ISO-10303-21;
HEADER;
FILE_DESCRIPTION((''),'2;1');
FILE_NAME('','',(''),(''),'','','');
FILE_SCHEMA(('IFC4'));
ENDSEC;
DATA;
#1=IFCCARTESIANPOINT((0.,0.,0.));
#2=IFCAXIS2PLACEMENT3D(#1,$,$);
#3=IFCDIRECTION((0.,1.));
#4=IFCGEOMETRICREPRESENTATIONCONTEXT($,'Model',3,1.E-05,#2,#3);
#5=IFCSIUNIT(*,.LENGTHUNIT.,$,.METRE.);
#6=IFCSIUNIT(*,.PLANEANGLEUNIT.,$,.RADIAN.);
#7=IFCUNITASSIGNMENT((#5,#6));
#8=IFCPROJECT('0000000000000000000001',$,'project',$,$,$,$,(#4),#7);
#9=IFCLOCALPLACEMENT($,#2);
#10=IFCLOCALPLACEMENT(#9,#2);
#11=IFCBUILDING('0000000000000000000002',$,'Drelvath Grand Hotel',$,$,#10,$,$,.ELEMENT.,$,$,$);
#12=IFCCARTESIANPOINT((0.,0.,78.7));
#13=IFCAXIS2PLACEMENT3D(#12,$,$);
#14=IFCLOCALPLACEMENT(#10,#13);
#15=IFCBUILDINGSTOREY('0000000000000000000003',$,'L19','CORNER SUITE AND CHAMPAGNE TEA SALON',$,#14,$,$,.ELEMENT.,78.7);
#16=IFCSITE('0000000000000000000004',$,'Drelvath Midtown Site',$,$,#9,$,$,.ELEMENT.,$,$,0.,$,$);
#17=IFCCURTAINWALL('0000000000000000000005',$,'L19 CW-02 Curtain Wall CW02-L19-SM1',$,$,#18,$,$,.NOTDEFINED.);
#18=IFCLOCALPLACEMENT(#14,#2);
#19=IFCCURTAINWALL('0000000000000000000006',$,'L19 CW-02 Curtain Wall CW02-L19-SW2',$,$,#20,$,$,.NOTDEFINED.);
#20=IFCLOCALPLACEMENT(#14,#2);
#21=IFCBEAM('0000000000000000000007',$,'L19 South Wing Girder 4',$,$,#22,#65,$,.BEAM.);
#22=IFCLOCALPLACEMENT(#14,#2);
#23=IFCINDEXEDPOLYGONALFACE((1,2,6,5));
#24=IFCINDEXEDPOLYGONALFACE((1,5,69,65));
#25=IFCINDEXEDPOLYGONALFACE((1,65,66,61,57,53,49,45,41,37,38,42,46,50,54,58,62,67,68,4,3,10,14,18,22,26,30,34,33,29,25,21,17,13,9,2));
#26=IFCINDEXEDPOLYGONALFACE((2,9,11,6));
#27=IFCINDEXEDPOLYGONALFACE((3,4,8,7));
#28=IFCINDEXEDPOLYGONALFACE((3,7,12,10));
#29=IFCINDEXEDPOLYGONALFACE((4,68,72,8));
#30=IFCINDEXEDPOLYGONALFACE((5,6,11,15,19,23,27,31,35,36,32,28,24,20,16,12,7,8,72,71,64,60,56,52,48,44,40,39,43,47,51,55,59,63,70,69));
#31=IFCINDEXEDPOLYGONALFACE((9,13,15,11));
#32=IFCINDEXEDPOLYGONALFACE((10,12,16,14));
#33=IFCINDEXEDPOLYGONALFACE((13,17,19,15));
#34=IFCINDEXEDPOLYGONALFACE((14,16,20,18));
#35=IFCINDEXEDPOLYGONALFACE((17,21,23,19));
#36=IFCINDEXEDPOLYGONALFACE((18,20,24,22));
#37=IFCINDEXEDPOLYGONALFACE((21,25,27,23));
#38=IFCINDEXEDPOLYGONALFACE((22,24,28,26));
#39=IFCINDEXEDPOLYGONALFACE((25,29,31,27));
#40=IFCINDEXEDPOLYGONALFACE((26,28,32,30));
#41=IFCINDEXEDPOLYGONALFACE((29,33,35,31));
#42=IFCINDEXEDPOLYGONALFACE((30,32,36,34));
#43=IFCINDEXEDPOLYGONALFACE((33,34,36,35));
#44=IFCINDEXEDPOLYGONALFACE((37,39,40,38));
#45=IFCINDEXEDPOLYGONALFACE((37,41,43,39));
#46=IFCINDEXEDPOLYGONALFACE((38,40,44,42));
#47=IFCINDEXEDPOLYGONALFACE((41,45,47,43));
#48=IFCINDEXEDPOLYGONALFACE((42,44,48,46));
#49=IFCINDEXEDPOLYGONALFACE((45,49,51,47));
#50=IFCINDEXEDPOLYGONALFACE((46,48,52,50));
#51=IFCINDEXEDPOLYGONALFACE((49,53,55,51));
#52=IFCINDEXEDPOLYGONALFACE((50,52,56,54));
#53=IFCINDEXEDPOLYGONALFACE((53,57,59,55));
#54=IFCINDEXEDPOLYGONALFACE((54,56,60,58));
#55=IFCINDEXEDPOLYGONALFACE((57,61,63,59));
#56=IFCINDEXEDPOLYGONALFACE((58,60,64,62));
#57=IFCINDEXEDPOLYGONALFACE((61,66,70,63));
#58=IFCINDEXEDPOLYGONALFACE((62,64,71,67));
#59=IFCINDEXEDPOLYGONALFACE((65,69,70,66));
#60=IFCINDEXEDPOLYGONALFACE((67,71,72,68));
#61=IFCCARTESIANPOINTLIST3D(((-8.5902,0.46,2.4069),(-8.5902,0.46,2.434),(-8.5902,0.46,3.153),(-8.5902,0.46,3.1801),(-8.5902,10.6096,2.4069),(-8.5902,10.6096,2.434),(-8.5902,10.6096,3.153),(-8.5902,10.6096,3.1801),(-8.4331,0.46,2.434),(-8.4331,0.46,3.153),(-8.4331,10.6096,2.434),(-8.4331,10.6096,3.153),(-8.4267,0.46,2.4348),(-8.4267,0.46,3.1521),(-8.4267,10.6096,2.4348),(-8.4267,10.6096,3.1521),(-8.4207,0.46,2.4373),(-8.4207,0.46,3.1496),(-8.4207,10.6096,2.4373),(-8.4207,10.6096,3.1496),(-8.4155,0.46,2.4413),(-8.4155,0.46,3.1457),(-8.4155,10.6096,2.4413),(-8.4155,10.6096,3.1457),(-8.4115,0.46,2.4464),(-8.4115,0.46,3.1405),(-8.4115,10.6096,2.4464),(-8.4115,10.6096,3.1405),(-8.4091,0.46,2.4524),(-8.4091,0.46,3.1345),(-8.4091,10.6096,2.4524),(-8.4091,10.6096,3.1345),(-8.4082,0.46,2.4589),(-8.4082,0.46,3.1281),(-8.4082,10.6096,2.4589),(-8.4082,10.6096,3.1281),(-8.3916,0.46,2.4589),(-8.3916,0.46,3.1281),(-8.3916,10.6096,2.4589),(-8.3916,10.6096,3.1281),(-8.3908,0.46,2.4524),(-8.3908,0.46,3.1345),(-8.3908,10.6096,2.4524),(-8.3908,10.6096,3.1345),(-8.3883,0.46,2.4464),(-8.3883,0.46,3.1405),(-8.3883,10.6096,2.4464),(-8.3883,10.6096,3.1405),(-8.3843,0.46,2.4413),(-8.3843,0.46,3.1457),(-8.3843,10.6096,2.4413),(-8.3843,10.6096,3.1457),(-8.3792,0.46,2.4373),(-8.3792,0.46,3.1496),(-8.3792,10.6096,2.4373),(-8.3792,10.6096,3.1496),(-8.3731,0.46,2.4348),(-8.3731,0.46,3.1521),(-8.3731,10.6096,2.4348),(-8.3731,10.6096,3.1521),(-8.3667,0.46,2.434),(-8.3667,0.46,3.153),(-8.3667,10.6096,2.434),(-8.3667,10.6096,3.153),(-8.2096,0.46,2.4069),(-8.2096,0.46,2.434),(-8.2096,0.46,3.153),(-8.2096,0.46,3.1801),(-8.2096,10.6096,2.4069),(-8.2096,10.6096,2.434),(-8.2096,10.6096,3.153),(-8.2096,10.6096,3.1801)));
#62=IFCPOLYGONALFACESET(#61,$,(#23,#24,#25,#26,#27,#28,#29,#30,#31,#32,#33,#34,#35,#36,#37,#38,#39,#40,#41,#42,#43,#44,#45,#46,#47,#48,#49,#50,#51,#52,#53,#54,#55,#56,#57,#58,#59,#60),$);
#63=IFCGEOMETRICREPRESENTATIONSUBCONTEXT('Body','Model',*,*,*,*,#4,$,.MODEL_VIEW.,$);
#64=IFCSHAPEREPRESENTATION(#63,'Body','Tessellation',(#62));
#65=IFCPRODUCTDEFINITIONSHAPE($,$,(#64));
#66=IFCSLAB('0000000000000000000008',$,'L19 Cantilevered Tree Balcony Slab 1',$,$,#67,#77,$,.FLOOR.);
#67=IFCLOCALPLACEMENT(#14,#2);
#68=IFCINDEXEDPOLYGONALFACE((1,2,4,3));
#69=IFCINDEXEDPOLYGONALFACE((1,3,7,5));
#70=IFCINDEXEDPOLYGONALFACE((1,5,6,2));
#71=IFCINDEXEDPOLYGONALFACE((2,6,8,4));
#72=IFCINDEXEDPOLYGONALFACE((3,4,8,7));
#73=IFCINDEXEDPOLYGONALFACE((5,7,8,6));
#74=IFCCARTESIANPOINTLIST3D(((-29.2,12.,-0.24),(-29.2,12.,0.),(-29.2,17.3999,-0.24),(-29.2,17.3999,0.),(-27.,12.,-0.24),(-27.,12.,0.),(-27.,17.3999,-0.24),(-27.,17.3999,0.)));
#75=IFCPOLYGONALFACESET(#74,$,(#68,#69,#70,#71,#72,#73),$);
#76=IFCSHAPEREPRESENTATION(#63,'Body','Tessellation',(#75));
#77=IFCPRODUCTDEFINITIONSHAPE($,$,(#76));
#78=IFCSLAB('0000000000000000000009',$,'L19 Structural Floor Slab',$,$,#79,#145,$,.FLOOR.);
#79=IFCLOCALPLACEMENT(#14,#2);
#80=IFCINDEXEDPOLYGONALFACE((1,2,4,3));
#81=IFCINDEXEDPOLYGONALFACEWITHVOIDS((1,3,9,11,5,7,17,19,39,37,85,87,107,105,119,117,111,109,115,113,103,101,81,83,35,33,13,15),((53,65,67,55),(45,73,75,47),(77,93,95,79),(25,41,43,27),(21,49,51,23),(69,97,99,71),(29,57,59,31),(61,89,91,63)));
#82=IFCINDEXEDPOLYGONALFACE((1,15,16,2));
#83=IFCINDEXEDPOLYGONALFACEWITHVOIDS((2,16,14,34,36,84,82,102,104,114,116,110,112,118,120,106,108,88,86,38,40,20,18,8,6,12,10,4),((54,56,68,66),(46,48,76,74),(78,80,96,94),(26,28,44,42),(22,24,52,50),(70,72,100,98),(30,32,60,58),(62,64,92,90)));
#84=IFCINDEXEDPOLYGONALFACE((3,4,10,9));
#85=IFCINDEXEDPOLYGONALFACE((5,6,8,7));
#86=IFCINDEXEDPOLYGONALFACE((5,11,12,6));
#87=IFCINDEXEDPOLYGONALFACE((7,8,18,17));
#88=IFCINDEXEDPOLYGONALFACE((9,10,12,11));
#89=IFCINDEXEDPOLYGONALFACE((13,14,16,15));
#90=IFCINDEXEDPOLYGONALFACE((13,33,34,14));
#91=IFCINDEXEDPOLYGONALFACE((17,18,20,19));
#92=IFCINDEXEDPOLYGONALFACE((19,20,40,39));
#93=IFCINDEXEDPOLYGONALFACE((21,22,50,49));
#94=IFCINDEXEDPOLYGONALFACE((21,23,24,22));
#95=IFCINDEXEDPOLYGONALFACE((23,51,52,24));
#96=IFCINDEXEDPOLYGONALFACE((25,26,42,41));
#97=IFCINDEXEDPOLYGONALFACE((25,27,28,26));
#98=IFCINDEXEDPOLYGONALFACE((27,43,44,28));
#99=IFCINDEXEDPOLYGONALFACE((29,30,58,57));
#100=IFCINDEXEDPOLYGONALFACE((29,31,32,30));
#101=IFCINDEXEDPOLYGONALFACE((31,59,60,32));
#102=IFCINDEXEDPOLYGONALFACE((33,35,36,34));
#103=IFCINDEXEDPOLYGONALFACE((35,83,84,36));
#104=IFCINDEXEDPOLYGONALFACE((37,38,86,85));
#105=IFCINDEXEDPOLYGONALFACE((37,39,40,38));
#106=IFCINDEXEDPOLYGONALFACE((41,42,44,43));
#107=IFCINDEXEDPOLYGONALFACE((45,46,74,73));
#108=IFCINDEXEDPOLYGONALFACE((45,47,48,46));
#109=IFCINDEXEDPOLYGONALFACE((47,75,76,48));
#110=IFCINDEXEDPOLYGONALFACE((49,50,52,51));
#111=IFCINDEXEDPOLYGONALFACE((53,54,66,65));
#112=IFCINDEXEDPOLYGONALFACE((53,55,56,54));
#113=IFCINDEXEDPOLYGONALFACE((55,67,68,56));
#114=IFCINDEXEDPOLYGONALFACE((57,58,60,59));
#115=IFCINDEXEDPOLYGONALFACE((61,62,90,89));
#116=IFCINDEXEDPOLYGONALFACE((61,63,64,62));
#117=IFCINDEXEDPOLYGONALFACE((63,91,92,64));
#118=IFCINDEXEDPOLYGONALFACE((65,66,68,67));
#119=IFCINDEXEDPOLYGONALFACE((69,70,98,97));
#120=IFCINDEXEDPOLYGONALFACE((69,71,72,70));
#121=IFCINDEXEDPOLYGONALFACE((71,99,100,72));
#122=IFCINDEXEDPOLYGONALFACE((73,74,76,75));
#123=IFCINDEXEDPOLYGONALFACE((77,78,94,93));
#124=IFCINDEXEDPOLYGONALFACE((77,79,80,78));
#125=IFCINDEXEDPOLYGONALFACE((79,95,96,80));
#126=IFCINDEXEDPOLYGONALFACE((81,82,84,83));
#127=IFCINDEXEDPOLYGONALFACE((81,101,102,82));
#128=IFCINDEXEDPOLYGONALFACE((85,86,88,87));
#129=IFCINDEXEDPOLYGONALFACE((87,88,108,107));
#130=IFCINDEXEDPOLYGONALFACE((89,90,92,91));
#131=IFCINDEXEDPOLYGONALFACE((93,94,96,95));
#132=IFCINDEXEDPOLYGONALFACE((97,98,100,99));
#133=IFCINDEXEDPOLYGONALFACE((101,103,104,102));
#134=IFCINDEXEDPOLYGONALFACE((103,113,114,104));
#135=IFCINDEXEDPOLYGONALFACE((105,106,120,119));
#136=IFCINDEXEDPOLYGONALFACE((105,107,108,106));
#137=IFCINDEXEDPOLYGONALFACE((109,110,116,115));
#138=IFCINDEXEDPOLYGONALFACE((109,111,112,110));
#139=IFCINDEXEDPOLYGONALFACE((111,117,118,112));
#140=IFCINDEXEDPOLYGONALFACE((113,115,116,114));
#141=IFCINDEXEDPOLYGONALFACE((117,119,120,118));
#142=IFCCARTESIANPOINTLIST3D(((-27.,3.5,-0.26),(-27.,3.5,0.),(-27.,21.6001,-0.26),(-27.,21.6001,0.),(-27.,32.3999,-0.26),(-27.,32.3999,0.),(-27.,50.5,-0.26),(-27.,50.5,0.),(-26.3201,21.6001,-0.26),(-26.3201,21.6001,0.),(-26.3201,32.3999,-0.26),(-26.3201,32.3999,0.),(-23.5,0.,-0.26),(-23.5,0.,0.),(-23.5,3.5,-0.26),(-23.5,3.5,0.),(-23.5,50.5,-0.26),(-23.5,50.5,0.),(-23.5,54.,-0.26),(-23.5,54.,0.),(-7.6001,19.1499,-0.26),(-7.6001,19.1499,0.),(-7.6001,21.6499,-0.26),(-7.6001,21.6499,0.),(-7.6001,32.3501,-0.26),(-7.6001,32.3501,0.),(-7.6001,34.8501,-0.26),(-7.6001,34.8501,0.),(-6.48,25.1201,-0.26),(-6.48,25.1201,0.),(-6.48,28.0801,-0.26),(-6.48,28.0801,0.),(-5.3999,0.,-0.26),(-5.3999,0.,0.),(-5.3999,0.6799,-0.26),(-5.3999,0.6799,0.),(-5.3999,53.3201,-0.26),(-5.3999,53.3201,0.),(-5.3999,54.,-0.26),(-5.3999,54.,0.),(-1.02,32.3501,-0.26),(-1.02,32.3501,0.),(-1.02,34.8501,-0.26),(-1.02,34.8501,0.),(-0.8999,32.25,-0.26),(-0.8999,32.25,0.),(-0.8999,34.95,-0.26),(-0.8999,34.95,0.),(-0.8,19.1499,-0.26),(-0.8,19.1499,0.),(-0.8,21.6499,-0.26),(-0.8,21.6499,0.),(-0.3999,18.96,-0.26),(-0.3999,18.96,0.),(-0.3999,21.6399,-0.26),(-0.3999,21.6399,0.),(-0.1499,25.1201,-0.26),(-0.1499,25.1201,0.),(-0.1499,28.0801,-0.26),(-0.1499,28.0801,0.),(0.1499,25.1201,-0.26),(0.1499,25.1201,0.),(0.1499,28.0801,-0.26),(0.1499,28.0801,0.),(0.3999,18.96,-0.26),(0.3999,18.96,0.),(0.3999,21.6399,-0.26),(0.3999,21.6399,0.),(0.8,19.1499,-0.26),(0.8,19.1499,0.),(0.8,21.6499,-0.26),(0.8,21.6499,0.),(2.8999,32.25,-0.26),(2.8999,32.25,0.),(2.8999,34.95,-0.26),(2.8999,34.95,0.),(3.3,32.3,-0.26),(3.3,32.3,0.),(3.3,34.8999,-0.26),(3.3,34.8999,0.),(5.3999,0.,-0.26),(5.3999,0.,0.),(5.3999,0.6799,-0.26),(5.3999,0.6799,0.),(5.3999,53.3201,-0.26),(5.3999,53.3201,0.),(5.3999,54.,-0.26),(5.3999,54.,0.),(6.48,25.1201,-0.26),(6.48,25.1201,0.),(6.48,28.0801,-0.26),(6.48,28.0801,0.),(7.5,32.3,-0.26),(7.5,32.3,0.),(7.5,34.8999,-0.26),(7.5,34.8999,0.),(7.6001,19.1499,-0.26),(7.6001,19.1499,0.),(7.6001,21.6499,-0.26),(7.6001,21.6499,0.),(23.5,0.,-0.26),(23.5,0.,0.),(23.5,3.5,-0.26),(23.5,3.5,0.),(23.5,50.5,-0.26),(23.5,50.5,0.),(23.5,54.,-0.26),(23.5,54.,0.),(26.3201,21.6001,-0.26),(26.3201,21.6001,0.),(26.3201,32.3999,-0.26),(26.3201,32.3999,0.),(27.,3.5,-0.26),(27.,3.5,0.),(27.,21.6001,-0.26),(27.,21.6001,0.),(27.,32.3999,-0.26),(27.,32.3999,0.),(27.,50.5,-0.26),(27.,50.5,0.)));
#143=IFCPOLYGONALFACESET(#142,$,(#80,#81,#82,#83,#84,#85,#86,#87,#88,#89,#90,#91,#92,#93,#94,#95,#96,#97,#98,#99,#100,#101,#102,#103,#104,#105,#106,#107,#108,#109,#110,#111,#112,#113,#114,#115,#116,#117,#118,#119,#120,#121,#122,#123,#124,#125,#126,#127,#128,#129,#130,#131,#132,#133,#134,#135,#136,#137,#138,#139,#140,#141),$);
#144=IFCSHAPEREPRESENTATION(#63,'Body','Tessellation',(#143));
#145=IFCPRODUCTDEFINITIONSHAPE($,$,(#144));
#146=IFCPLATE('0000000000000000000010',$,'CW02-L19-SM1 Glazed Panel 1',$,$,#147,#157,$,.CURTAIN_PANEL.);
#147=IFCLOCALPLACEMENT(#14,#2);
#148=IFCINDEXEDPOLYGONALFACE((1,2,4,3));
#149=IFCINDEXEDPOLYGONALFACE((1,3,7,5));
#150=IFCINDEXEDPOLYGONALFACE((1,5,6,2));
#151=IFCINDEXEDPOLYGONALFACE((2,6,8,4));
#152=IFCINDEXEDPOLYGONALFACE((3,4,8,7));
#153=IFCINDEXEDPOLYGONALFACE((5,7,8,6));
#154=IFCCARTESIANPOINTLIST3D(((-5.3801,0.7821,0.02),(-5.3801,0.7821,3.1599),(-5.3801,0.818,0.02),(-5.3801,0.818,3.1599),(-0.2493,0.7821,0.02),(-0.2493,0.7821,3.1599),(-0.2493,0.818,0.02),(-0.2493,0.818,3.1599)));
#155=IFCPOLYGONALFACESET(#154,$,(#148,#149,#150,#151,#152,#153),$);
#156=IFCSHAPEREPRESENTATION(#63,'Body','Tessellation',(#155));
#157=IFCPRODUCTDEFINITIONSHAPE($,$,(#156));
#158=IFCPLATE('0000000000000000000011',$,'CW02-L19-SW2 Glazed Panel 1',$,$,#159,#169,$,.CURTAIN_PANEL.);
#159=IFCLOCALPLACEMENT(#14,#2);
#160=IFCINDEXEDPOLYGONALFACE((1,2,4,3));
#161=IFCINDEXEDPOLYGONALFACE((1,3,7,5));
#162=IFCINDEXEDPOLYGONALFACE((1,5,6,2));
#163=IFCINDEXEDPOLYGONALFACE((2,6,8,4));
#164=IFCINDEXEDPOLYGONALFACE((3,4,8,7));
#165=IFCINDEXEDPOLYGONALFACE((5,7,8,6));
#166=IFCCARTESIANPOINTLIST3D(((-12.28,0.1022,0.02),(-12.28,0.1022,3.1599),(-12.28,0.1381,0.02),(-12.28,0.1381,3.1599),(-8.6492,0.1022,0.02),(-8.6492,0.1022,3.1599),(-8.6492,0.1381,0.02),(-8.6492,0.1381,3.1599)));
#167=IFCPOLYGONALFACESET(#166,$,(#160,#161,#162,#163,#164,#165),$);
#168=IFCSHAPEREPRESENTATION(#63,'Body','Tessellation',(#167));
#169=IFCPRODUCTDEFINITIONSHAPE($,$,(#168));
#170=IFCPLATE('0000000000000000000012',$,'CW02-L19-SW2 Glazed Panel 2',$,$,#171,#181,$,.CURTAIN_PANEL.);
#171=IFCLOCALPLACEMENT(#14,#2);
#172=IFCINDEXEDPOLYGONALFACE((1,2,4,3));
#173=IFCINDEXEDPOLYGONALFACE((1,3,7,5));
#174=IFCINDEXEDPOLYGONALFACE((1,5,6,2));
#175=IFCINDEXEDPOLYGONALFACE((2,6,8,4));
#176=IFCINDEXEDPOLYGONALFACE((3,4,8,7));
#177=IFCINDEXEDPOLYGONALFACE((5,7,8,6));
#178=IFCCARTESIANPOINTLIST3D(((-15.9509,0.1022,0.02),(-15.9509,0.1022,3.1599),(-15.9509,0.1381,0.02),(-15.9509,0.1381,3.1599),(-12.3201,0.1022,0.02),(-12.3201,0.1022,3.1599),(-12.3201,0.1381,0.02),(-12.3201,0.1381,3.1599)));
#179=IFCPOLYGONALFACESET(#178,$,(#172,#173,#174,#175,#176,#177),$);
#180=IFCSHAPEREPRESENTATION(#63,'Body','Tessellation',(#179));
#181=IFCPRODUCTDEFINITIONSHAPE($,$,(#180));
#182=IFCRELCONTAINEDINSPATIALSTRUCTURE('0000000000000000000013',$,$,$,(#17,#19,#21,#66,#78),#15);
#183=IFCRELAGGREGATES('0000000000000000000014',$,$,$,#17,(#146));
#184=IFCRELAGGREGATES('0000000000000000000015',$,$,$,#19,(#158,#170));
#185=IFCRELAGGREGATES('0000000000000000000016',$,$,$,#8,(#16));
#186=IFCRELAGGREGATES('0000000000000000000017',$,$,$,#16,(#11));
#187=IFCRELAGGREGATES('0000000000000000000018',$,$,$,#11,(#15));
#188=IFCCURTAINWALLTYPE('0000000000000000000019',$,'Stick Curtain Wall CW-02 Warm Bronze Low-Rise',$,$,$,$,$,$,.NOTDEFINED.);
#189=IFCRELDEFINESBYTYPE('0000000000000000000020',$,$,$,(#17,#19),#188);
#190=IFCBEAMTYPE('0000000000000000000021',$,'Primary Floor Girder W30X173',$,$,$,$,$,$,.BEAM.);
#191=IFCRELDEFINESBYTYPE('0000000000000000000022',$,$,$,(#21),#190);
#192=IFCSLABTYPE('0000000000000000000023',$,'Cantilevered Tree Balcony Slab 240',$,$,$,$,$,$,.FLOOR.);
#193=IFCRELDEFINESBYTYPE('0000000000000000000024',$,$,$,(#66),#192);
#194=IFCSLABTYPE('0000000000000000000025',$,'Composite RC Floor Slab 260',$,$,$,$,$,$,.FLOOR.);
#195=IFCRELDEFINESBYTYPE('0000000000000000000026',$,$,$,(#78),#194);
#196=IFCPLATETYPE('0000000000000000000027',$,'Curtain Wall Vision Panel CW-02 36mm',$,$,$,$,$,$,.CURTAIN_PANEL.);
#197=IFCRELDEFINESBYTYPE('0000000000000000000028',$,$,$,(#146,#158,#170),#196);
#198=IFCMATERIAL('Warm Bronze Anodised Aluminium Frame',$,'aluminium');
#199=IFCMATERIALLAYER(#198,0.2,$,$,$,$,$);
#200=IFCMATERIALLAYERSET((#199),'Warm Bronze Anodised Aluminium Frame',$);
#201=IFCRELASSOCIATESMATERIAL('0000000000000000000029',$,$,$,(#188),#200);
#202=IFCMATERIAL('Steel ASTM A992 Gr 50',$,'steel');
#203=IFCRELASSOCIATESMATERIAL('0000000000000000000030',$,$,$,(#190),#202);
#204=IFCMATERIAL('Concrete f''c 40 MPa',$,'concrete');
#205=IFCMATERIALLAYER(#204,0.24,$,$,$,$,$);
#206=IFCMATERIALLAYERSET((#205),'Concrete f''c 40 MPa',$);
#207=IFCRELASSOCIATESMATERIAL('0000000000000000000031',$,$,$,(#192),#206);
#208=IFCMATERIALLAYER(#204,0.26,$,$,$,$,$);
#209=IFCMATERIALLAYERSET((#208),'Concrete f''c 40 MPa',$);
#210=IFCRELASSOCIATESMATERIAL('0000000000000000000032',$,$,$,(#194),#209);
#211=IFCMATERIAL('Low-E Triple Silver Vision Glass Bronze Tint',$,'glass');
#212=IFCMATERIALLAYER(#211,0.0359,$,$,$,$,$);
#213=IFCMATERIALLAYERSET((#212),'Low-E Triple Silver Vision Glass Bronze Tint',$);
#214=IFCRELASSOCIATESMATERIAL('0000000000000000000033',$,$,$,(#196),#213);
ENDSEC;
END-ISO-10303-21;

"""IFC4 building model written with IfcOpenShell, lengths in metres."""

from ifc_helpers import new_model, si_unit, direction, frame, origin, origin_2d, place, context, subcontext, project, spatial, polyline, rectangle, i_section, outline, extrude, material, layer, layer_set, material_profile, profile_set, type_object, element, aggregate, save


model = new_model("IFC4")

# Units and contexts
model_context = context("Model", 3, precision=1e-05, world=origin(), true_north=direction((0.0, 1.0)))
body_context = subcontext(model_context, "Body", "Model", "MODEL_VIEW")
ifc_project = project(units=[si_unit("LENGTHUNIT", "METRE"), si_unit("PLANEANGLEUNIT", "RADIAN")], contexts=[model_context])

# Site, building, storey
site_placement = place(None, origin())
site = spatial("IfcSite", under=ifc_project, at=site_placement, Name="Drelvath Midtown Site", CompositionType="ELEMENT", RefElevation=0.0)
building_placement = place(site_placement, origin())
building = spatial("IfcBuilding", under=site, at=building_placement, Name="Drelvath Grand Hotel", CompositionType="ELEMENT")
storey_placement = place(building_placement, frame((0.0, 0.0, 78.7)))
storey = spatial("IfcBuildingStorey", under=building, at=storey_placement, Name="L19", Description="CORNER SUITE AND CHAMPAGNE TEA SALON", CompositionType="ELEMENT", Elevation=78.7)

# Shared definitions
ifc_material_1 = material(Name="Steel ASTM A992 Gr 50", Category="steel")

# Curtain walls
ifc_material_2 = material(Name="Warm Bronze Anodised Aluminium Frame", Category="aluminium")
ifc_layer_1 = layer(ifc_material_2, 0.2)
ifc_layer_set_1 = layer_set([ifc_layer_1], Name="Warm Bronze Anodised Aluminium Frame")
curtain_wall_type = type_object("IfcCurtainWallType", Name="Stick Curtain Wall CW-02 Warm Bronze Low-Rise", PredefinedType="NOTDEFINED", material=ifc_layer_set_1)
curtain_wall_1_placement = place(storey_placement, origin())
curtain_wall_1 = element("IfcCurtainWall", 1, at=curtain_wall_1_placement, inside=storey, type_object=curtain_wall_type, Name="L19 CW-02 Curtain Wall CW02-L19-SM1", PredefinedType="NOTDEFINED")
curtain_wall_2_placement = place(storey_placement, origin())
curtain_wall_2 = element("IfcCurtainWall", 2, at=curtain_wall_2_placement, inside=storey, type_object=curtain_wall_type, Name="L19 CW-02 Curtain Wall CW02-L19-SW2", PredefinedType="NOTDEFINED")

# Beam
ifc_material_profile_1 = material_profile(ifc_material_1, i_section(OverallWidth=0.3806, OverallDepth=0.7732, WebThickness=0.0166, FlangeThickness=0.0271, FilletRadius=0.0249, at=origin_2d()), Name="W30X173")
ifc_profile_set_1 = profile_set([ifc_material_profile_1], Name="Steel ASTM A992 Gr 50")
beam_type_1 = type_object("IfcBeamType", Name="Primary Floor Girder W30X173", PredefinedType="BEAM", material=ifc_profile_set_1)
beam_1_placement = place(storey_placement, frame((-8.3999, 0.46, 2.7935), z_axis=(0.0, 1.0, 0.0), x_axis=(-1.0, 0.0, 0.0)))
element("IfcBeam", 3, at=beam_1_placement, inside=storey, type_object=beam_type_1, Name="L19 South Wing Girder 4", PredefinedType="BEAM", context=body_context, shape_type="SweptSolid", body=[
    extrude(i_section(OverallWidth=0.3806, OverallDepth=0.7732, WebThickness=0.0166, FlangeThickness=0.0271, FilletRadius=0.0249, at=origin_2d()), origin(), (0.0, 0.0, 1.0), 10.1497),
])

# Slabs
ifc_material_3 = material(Name="Concrete f'c 40 MPa", Category="concrete")
ifc_layer_2 = layer(ifc_material_3, 0.24)
ifc_layer_set_2 = layer_set([ifc_layer_2], Name="Concrete f'c 40 MPa")
slab_type_1 = type_object("IfcSlabType", Name="Cantilevered Tree Balcony Slab 240", PredefinedType="FLOOR", material=ifc_layer_set_2)
slab_1_placement = place(storey_placement, frame((0.0, 0.0, -0.24)))
element("IfcSlab", 4, at=slab_1_placement, inside=storey, type_object=slab_type_1, Name="L19 Cantilevered Tree Balcony Slab 1", PredefinedType="FLOOR", context=body_context, shape_type="SweptSolid", body=[
    extrude(outline(polyline([(-29.2, 12.0), (-27.0, 12.0), (-27.0, 17.3999), (-29.2, 17.3999), (-29.2, 12.0)])), origin(), (0.0, 0.0, 1.0), 0.24),
])
ifc_layer_3 = layer(ifc_material_3, 0.26)
ifc_layer_set_3 = layer_set([ifc_layer_3], Name="Concrete f'c 40 MPa")
slab_type_2 = type_object("IfcSlabType", Name="Composite RC Floor Slab 260", PredefinedType="FLOOR", material=ifc_layer_set_3)
slab_2_placement = place(storey_placement, frame((0.0, 0.0, -0.26)))
element("IfcSlab", 5, at=slab_2_placement, inside=storey, type_object=slab_type_2, Name="L19 Structural Floor Slab", PredefinedType="FLOOR", context=body_context, shape_type="SweptSolid", body=[
    extrude(outline(polyline([(-23.5, 0.0), (-5.3999, 0.0), (-5.3999, 0.6799), (5.3999, 0.6799), (5.3999, 0.0), (23.5, 0.0), (23.5, 3.5), (27.0, 3.5), (27.0, 21.6001), (26.3201, 21.6001), (26.3201, 32.3999), (27.0, 32.3999), (27.0, 50.5), (23.5, 50.5), (23.5, 54.0), (5.3999, 54.0), (5.3999, 53.3201), (-5.3999, 53.3201), (-5.3999, 54.0), (-23.5, 54.0), (-23.5, 50.5), (-27.0, 50.5), (-27.0, 32.3999), (-26.3201, 32.3999), (-26.3201, 21.6001), (-27.0, 21.6001), (-27.0, 3.5), (-23.5, 3.5), (-23.5, 0.0)]), holes=[polyline([(-6.48, 25.1201), (-6.48, 28.0801), (-0.1499, 28.0801), (-0.1499, 25.1201), (-6.48, 25.1201)]), polyline([(0.1499, 25.1201), (0.1499, 28.0801), (6.48, 28.0801), (6.48, 25.1201), (0.1499, 25.1201)]), polyline([(-7.6001, 19.1499), (-7.6001, 21.6499), (-0.8, 21.6499), (-0.8, 19.1499), (-7.6001, 19.1499)]), polyline([(-0.3999, 18.96), (-0.3999, 21.6399), (0.3999, 21.6399), (0.3999, 18.96), (-0.3999, 18.96)]), polyline([(0.8, 19.1499), (0.8, 21.6499), (7.6001, 21.6499), (7.6001, 19.1499), (0.8, 19.1499)]), polyline([(-7.6001, 32.3501), (-7.6001, 34.8501), (-1.02, 34.8501), (-1.02, 32.3501), (-7.6001, 32.3501)]), polyline([(-0.8999, 32.25), (-0.8999, 34.95), (2.8999, 34.95), (2.8999, 32.25), (-0.8999, 32.25)]), polyline([(3.3, 32.3), (3.3, 34.8999), (7.5, 34.8999), (7.5, 32.3), (3.3, 32.3)])]), origin(), (0.0, 0.0, 1.0), 0.26),
])

# Plates
ifc_material_4 = material(Name="Low-E Triple Silver Vision Glass Bronze Tint", Category="glass")
ifc_layer_4 = layer(ifc_material_4, 0.0359)
ifc_layer_set_4 = layer_set([ifc_layer_4], Name="Low-E Triple Silver Vision Glass Bronze Tint")
plate_type = type_object("IfcPlateType", Name="Curtain Wall Vision Panel CW-02 36mm", PredefinedType="CURTAIN_PANEL", material=ifc_layer_set_4)
plate_1_placement = place(storey_placement, frame((-2.8147, 0.8, 0.02), z_axis=(0.0, 0.0, 1.0), x_axis=(-1.0, 0.0, 0.0)))
plate_1 = element("IfcPlate", 6, at=plate_1_placement, type_object=plate_type, Name="CW02-L19-SM1 Glazed Panel 1", PredefinedType="CURTAIN_PANEL", context=body_context, shape_type="SweptSolid", body=[
    extrude(rectangle(XDim=5.1309, YDim=0.0359, at=origin_2d()), origin(), (0.0, 0.0, 1.0), 3.1399),
])
aggregate(curtain_wall_1, [plate_1])
plate_2_placement = place(storey_placement, frame((-10.4646, 0.1201, 0.02), z_axis=(0.0, 0.0, 1.0), x_axis=(-1.0, 0.0, 0.0)))
plate_2 = element("IfcPlate", 7, at=plate_2_placement, type_object=plate_type, Name="CW02-L19-SW2 Glazed Panel 1", PredefinedType="CURTAIN_PANEL", context=body_context, shape_type="SweptSolid", body=[
    extrude(rectangle(XDim=3.6309, YDim=0.0359, at=origin_2d()), origin(), (0.0, 0.0, 1.0), 3.1399),
])
plate_3_placement = place(storey_placement, frame((-14.1355, 0.1201, 0.02), z_axis=(0.0, 0.0, 1.0), x_axis=(-1.0, 0.0, 0.0)))
plate_3 = element("IfcPlate", 8, at=plate_3_placement, type_object=plate_type, Name="CW02-L19-SW2 Glazed Panel 2", PredefinedType="CURTAIN_PANEL", context=body_context, shape_type="SweptSolid", body=[
    extrude(rectangle(XDim=3.6309, YDim=0.0359, at=origin_2d()), origin(), (0.0, 0.0, 1.0), 3.1399),
])
aggregate(curtain_wall_2, [plate_2, plate_3])

save(model, "model.ifc")
